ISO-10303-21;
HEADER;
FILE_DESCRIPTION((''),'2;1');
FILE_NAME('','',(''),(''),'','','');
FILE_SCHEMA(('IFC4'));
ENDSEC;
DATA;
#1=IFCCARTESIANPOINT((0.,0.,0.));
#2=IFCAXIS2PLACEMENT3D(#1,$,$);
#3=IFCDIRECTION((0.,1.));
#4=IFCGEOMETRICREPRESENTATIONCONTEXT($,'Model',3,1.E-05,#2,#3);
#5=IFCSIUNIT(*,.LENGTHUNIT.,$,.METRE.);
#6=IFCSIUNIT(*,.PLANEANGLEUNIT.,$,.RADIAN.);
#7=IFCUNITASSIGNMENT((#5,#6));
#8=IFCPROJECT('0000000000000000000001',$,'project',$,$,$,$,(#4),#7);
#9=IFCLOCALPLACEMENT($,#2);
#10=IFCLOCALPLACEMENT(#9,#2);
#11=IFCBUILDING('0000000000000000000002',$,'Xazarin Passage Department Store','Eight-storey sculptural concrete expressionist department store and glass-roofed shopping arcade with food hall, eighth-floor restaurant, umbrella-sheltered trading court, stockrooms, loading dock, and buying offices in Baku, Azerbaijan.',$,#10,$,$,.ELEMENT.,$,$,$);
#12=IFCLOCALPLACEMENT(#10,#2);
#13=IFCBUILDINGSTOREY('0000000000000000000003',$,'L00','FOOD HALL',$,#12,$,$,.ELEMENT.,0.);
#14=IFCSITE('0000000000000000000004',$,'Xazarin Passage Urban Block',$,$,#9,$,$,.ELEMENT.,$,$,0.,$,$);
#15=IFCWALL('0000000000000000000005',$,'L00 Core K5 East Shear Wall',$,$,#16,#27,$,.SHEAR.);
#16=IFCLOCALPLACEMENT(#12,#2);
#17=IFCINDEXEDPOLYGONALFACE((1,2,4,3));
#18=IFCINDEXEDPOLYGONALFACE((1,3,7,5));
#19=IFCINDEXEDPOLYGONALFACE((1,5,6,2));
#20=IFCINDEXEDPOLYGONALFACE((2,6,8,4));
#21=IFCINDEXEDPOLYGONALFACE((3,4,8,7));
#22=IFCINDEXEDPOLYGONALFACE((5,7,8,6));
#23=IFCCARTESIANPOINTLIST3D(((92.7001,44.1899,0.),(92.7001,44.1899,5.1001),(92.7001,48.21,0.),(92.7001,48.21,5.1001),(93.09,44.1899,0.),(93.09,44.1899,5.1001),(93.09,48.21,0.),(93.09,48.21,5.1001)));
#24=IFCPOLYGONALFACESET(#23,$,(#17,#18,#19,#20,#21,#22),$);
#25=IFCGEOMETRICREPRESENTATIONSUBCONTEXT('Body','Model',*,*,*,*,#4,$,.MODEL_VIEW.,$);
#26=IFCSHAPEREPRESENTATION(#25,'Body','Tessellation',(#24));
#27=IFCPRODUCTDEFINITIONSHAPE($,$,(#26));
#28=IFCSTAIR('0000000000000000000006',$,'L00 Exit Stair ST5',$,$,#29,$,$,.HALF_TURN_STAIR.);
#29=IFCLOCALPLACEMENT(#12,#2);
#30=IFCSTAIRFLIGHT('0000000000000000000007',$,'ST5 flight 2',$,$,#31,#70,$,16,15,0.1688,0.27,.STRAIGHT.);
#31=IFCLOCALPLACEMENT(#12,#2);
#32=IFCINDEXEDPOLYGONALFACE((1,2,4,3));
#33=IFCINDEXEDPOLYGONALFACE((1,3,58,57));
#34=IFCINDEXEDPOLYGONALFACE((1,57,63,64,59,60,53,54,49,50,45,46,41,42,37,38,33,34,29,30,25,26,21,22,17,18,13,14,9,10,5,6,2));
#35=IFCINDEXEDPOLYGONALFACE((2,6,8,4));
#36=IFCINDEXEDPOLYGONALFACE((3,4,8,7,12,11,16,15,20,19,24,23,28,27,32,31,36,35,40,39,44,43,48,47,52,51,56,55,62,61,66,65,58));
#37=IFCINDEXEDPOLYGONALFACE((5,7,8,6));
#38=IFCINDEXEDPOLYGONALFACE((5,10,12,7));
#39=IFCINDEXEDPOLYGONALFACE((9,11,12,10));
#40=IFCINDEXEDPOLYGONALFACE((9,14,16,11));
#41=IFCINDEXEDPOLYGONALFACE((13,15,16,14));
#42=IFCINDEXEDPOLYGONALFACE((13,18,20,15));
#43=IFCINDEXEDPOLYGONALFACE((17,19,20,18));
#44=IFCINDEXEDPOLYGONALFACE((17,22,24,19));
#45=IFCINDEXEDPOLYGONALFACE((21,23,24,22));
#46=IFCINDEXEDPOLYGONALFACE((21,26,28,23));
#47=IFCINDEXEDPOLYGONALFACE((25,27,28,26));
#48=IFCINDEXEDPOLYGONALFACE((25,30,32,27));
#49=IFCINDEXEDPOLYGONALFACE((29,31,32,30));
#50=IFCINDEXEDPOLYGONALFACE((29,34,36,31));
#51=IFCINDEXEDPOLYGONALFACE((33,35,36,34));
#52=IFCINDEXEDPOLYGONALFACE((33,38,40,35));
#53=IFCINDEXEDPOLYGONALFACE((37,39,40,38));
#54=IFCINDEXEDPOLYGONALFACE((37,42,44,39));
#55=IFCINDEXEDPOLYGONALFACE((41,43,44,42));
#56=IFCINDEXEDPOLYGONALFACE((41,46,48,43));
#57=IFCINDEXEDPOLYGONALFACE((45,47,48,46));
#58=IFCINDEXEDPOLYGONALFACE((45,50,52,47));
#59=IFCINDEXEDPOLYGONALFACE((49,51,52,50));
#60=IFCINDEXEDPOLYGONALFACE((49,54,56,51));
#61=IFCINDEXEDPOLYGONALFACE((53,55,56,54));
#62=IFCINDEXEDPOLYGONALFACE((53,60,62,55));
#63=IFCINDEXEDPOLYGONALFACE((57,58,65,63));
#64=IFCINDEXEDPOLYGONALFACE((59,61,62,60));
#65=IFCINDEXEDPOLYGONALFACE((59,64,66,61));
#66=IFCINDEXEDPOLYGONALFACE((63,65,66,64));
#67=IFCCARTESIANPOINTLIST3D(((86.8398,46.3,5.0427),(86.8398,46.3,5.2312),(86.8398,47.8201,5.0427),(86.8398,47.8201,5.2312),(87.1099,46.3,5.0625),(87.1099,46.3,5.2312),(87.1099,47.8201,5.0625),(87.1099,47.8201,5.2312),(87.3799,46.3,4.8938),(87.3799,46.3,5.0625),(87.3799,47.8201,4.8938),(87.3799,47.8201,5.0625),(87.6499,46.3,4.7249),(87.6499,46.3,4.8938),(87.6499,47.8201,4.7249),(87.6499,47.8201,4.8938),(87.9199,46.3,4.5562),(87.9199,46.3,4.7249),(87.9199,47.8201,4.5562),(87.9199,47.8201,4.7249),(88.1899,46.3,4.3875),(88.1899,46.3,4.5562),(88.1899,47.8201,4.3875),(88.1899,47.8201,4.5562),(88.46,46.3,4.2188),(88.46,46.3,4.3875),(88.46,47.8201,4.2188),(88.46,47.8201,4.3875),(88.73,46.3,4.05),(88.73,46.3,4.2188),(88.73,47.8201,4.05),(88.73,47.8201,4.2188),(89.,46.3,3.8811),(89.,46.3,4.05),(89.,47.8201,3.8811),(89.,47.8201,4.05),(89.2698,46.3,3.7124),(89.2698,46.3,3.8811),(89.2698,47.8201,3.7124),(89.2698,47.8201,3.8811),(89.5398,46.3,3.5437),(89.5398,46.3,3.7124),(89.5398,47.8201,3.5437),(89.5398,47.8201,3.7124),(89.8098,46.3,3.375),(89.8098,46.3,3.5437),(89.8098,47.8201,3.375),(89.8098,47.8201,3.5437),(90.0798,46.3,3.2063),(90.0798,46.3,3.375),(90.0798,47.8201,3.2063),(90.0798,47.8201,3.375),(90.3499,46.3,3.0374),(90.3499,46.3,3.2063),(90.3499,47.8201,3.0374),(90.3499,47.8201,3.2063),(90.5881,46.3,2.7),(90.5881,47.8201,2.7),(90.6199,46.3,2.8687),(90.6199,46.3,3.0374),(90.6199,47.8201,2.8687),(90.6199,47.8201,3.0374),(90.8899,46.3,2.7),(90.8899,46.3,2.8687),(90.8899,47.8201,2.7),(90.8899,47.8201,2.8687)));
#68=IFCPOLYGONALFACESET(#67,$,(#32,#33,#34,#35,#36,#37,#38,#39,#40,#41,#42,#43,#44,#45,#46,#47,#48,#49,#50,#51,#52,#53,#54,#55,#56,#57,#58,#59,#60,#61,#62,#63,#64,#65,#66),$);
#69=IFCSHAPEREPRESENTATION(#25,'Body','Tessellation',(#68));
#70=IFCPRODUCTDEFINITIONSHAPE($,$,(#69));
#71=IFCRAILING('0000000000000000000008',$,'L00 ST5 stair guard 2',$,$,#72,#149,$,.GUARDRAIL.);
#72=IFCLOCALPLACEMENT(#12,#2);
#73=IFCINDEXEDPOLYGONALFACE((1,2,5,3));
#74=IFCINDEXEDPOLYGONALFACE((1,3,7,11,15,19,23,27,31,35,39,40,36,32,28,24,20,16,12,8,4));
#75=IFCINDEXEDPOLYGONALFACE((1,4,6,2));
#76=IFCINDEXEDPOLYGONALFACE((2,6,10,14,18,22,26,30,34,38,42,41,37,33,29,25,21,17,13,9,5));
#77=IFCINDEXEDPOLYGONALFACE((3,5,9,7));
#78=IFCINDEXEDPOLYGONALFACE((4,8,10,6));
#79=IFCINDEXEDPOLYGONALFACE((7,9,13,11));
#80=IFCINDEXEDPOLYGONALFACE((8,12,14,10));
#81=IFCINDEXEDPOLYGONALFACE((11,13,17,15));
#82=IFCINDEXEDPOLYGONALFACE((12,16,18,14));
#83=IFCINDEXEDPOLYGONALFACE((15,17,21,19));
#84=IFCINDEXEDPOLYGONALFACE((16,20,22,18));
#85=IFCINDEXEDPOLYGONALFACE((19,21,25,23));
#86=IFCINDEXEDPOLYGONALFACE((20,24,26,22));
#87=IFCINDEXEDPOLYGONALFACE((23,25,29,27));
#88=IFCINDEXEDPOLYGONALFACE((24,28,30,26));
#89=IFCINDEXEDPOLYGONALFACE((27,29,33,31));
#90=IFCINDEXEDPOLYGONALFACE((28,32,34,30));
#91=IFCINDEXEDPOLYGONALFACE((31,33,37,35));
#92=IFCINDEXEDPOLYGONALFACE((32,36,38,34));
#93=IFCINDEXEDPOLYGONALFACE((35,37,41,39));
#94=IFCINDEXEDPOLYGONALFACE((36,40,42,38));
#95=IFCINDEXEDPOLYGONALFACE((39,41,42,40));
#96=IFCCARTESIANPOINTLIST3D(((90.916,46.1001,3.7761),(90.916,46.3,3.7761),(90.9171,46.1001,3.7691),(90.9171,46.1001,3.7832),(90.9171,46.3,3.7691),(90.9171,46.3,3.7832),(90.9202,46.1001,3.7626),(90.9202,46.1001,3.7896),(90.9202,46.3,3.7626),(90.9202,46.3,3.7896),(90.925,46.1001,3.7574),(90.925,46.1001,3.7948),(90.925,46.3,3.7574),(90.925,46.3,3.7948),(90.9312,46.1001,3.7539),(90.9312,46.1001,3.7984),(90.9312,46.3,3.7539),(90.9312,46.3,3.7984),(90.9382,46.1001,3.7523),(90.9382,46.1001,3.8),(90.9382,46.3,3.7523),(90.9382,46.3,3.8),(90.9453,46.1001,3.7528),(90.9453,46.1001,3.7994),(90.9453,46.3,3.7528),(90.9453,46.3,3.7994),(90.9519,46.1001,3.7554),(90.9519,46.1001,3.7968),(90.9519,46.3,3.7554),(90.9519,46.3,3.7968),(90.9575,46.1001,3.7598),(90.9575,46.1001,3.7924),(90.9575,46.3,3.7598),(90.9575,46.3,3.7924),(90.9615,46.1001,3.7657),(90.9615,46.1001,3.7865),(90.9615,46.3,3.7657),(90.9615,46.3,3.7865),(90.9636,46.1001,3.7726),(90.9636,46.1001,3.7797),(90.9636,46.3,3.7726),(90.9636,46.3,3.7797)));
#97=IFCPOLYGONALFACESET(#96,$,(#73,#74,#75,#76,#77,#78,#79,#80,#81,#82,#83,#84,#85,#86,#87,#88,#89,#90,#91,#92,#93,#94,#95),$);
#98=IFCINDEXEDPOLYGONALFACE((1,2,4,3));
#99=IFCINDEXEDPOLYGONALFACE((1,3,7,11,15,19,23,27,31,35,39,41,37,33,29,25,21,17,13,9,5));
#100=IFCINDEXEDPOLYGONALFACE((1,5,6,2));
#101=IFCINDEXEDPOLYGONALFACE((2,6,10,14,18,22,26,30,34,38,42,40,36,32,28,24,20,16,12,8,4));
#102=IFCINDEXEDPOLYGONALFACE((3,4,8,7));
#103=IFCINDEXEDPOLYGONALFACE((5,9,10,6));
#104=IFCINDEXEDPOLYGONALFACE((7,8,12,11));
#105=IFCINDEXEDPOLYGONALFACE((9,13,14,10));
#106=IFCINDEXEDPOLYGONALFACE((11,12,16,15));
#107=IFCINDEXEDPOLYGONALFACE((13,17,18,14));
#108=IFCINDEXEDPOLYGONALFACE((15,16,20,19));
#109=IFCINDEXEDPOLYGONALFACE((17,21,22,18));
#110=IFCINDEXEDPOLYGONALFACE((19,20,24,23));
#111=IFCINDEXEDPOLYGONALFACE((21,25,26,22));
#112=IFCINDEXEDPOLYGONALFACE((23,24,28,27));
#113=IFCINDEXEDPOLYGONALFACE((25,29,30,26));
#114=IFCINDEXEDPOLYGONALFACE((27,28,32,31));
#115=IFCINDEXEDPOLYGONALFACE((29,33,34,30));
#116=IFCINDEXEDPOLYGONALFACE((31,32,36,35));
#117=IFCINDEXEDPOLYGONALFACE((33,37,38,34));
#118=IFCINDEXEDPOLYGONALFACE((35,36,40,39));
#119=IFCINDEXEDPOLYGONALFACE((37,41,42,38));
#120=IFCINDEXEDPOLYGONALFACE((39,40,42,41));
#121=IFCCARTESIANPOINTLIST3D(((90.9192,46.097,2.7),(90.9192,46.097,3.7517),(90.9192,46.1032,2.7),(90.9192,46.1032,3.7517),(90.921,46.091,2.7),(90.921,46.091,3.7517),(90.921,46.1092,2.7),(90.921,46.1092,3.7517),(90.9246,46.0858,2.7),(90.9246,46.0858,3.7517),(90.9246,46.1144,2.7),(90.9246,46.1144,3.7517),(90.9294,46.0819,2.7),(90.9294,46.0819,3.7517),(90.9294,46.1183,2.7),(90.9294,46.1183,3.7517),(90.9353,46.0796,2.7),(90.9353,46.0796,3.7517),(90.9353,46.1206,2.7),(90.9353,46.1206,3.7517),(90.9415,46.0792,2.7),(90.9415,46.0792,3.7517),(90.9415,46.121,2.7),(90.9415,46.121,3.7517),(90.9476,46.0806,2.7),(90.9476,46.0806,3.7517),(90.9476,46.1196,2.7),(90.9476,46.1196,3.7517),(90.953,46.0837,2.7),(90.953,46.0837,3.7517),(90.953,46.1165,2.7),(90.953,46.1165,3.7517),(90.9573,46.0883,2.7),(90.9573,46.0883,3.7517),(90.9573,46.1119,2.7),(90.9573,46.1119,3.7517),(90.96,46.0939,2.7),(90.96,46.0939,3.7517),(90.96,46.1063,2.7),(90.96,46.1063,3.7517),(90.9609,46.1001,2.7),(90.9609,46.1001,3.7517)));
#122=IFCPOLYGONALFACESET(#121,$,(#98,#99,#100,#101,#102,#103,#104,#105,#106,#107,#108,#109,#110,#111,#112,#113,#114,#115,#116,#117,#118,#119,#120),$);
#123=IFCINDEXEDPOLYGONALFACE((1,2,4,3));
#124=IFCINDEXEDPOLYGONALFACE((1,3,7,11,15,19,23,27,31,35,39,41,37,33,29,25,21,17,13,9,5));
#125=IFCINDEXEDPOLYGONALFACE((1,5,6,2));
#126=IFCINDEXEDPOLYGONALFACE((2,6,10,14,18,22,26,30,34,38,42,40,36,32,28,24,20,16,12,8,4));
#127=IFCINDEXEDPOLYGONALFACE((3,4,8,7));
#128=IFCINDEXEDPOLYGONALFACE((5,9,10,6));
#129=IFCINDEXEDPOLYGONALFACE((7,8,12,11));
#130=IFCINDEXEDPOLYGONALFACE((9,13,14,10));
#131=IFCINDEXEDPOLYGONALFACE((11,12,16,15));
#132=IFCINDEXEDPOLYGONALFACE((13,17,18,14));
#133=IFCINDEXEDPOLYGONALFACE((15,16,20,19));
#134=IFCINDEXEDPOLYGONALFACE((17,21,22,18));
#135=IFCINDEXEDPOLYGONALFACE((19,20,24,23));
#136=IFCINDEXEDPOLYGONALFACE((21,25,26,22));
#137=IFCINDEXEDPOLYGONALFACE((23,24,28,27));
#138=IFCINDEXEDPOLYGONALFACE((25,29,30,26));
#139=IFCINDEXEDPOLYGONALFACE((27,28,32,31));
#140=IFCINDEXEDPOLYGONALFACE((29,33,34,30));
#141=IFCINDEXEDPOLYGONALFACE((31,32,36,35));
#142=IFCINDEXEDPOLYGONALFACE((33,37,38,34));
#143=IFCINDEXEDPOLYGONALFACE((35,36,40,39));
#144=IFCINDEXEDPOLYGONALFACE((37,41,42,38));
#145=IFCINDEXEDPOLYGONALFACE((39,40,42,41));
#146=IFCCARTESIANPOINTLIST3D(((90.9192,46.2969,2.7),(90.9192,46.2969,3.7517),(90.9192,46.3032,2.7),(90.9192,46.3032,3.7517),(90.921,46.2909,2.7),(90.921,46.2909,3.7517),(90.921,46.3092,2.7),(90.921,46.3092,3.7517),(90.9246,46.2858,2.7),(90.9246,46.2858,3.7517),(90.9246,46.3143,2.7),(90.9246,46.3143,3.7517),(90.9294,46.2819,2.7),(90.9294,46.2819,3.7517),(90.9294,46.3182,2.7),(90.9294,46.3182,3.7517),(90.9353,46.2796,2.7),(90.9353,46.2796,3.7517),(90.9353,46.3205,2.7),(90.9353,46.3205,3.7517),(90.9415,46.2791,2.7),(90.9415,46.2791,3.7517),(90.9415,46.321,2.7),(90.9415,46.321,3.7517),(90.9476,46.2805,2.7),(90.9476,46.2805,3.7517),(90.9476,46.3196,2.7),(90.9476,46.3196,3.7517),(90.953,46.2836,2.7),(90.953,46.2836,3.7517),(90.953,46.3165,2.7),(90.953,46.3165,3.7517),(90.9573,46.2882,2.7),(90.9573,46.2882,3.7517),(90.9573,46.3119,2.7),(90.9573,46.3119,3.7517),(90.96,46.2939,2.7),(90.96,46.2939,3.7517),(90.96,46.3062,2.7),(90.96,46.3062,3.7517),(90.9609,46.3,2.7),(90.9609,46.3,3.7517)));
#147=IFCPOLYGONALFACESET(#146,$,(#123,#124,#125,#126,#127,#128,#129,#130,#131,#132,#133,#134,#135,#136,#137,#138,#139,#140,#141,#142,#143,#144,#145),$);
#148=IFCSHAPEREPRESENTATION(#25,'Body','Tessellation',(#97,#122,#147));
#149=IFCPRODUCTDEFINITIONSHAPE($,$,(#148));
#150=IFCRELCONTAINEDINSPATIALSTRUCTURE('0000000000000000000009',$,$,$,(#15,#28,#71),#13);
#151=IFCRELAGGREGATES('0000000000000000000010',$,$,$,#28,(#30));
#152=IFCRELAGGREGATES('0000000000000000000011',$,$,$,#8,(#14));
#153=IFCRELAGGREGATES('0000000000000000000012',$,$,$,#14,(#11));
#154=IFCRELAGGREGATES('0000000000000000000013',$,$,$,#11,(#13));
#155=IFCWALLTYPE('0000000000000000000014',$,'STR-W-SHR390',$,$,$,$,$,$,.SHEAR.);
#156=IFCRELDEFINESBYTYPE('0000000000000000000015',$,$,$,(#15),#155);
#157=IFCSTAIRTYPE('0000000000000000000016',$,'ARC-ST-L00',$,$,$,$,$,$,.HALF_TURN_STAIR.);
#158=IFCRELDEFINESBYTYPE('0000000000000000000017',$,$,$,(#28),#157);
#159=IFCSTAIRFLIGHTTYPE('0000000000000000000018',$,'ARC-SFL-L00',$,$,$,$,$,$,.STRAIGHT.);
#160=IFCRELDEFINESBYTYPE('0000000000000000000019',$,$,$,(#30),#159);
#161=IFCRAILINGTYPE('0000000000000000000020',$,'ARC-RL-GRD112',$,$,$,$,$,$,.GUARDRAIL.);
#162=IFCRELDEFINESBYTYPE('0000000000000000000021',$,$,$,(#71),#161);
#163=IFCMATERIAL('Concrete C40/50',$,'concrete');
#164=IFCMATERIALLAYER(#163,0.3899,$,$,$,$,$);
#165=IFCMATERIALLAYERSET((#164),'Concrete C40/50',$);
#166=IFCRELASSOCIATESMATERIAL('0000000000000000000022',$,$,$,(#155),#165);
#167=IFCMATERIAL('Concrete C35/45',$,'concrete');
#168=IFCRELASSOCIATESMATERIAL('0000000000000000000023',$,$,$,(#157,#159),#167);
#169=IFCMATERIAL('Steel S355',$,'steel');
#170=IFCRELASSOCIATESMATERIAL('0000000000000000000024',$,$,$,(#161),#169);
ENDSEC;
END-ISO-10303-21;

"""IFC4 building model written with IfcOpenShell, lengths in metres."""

from ifc_helpers import new_model, si_unit, direction, frame, frame_2d, origin, origin_2d, place, context, subcontext, project, spatial, polyline, rectangle, circle, outline, extrude, material, layer, layer_set, type_object, element, aggregate, save


model = new_model("IFC4")

# Units and contexts
model_context = context("Model", 3, precision=1e-05, world=origin(), true_north=direction((0.0, 1.0)))
body_context = subcontext(model_context, "Body", "Model", "MODEL_VIEW")
ifc_project = project(units=[si_unit("LENGTHUNIT", "METRE"), si_unit("PLANEANGLEUNIT", "RADIAN")], contexts=[model_context])

# Site, building, storey
site_placement = place(None, origin())
site = spatial("IfcSite", under=ifc_project, at=site_placement, Name="Xazarin Passage Urban Block", CompositionType="ELEMENT", RefElevation=0.0)
building_placement = place(site_placement, origin())
building = spatial("IfcBuilding", under=site, at=building_placement, Name="Xazarin Passage Department Store", Description="Eight-storey sculptural concrete expressionist department store and glass-roofed shopping arcade with food hall, eighth-floor restaurant, umbrella-sheltered trading court, stockrooms, loading dock, and buying offices in Baku, Azerbaijan.", CompositionType="ELEMENT")
storey_placement = place(building_placement, origin())
storey = spatial("IfcBuildingStorey", under=building, at=storey_placement, Name="L00", Description="FOOD HALL", CompositionType="ELEMENT", Elevation=0.0)

# Shared definitions
ifc_material_1 = material(Name="Concrete C35/45", Category="concrete")

# Shared definitions
ifc_material_2 = material(Name="Concrete C40/50", Category="concrete")

# Wall
ifc_layer_1 = layer(ifc_material_2, 0.3899)
ifc_layer_set_1 = layer_set([ifc_layer_1], Name="Concrete C40/50")
wall_type_1 = type_object("IfcWallType", Name="STR-W-SHR390", PredefinedType="SHEAR", material=ifc_layer_set_1)
wall_placement = place(storey_placement, frame((92.895, 44.1899, 0.0), z_axis=(0.0, 0.0, 1.0), x_axis=(0.0, 1.0, 0.0)))
element("IfcWall", 1, at=wall_placement, inside=storey, type_object=wall_type_1, Name="L00 Core K5 East Shear Wall", PredefinedType="SHEAR", context=body_context, shape_type="SweptSolid", body=[
    extrude(rectangle(XDim=4.02, YDim=0.3899, at=frame_2d((2.01, 0.0))), origin(), (0.0, 0.0, 1.0), 5.1001),
])

# Stair, stair flight
stair_type = type_object("IfcStairType", Name="ARC-ST-L00", PredefinedType="HALF_TURN_STAIR", material=ifc_material_1)
stair_placement = place(storey_placement, origin())
stair = element("IfcStair", 2, at=stair_placement, inside=storey, type_object=stair_type, Name="L00 Exit Stair ST5", PredefinedType="HALF_TURN_STAIR")
stair_flight_type = type_object("IfcStairFlightType", Name="ARC-SFL-L00", PredefinedType="STRAIGHT", material=ifc_material_1)
stair_flight_placement = place(storey_placement, frame((90.8899, 47.0601, 2.7), z_axis=(0.0, 0.0, 1.0), x_axis=(-1.0, 0.0, 0.0)))
stair_flight = element("IfcStairFlight", 3, at=stair_flight_placement, type_object=stair_flight_type, Name="ST5 flight 2", NumberOfRisers=16, NumberOfTreads=15, PredefinedType="STRAIGHT", RiserHeight=0.1688, TreadLength=0.27, context=body_context, shape_type="SweptSolid", body=[
    extrude(outline(polyline([(0.0, 0.0), (0.0, 0.1687), (0.27, 0.1687), (0.27, 0.3374), (0.54, 0.3374), (0.54, 0.5063), (0.8101, 0.5063), (0.8101, 0.675), (1.0801, 0.675), (1.0801, 0.8438), (1.3501, 0.8438), (1.3501, 1.0125), (1.6201, 1.0125), (1.6201, 1.1812), (1.8899, 1.1812), (1.8899, 1.3501), (2.1599, 1.3501), (2.1599, 1.5188), (2.4299, 1.5188), (2.4299, 1.6875), (2.7, 1.6875), (2.7, 1.8562), (2.97, 1.8562), (2.97, 2.0249), (3.24, 2.0249), (3.24, 2.1938), (3.51, 2.1938), (3.51, 2.3625), (3.78, 2.3625), (3.78, 2.5312), (4.05, 2.5312), (4.05, 2.7), (4.05, 2.3428), (0.3018, 0.0), (0.0, 0.0)])), frame((0.0, 0.76, 0.0), z_axis=(0.0, -1.0, 0.0), x_axis=(1.0, 0.0, 0.0)), (0.0, 0.0, 1.0), 1.52),
])
aggregate(stair, [stair_flight])

# Railing
ifc_material_3 = material(Name="Steel S355", Category="steel")
railing_type_1 = type_object("IfcRailingType", Name="ARC-RL-GRD112", PredefinedType="GUARDRAIL", material=ifc_material_3)
railing_1_placement = place(storey_placement, frame((90.9399, 46.1001, 2.7)))
element("IfcRailing", 4, at=railing_1_placement, inside=storey, type_object=railing_type_1, Name="L00 ST5 stair guard 2", PredefinedType="GUARDRAIL", context=body_context, shape_type="SweptSolid", body=[
    extrude(circle(Radius=0.0239, at=origin_2d()), frame((0.0, 0.0, 1.0762), z_axis=(0.0, 1.0, 0.0), x_axis=(-1.0, 0.0, 0.0)), (0.0, 0.0, 1.0), 0.2),
    extrude(circle(Radius=0.021, at=origin_2d()), origin(), (0.0, 0.0, 1.0), 1.0518),
    extrude(circle(Radius=0.021, at=origin_2d()), frame((0.0, 0.2, 0.0)), (0.0, 0.0, 1.0), 1.0518),
])

save(model, "model.ifc")
